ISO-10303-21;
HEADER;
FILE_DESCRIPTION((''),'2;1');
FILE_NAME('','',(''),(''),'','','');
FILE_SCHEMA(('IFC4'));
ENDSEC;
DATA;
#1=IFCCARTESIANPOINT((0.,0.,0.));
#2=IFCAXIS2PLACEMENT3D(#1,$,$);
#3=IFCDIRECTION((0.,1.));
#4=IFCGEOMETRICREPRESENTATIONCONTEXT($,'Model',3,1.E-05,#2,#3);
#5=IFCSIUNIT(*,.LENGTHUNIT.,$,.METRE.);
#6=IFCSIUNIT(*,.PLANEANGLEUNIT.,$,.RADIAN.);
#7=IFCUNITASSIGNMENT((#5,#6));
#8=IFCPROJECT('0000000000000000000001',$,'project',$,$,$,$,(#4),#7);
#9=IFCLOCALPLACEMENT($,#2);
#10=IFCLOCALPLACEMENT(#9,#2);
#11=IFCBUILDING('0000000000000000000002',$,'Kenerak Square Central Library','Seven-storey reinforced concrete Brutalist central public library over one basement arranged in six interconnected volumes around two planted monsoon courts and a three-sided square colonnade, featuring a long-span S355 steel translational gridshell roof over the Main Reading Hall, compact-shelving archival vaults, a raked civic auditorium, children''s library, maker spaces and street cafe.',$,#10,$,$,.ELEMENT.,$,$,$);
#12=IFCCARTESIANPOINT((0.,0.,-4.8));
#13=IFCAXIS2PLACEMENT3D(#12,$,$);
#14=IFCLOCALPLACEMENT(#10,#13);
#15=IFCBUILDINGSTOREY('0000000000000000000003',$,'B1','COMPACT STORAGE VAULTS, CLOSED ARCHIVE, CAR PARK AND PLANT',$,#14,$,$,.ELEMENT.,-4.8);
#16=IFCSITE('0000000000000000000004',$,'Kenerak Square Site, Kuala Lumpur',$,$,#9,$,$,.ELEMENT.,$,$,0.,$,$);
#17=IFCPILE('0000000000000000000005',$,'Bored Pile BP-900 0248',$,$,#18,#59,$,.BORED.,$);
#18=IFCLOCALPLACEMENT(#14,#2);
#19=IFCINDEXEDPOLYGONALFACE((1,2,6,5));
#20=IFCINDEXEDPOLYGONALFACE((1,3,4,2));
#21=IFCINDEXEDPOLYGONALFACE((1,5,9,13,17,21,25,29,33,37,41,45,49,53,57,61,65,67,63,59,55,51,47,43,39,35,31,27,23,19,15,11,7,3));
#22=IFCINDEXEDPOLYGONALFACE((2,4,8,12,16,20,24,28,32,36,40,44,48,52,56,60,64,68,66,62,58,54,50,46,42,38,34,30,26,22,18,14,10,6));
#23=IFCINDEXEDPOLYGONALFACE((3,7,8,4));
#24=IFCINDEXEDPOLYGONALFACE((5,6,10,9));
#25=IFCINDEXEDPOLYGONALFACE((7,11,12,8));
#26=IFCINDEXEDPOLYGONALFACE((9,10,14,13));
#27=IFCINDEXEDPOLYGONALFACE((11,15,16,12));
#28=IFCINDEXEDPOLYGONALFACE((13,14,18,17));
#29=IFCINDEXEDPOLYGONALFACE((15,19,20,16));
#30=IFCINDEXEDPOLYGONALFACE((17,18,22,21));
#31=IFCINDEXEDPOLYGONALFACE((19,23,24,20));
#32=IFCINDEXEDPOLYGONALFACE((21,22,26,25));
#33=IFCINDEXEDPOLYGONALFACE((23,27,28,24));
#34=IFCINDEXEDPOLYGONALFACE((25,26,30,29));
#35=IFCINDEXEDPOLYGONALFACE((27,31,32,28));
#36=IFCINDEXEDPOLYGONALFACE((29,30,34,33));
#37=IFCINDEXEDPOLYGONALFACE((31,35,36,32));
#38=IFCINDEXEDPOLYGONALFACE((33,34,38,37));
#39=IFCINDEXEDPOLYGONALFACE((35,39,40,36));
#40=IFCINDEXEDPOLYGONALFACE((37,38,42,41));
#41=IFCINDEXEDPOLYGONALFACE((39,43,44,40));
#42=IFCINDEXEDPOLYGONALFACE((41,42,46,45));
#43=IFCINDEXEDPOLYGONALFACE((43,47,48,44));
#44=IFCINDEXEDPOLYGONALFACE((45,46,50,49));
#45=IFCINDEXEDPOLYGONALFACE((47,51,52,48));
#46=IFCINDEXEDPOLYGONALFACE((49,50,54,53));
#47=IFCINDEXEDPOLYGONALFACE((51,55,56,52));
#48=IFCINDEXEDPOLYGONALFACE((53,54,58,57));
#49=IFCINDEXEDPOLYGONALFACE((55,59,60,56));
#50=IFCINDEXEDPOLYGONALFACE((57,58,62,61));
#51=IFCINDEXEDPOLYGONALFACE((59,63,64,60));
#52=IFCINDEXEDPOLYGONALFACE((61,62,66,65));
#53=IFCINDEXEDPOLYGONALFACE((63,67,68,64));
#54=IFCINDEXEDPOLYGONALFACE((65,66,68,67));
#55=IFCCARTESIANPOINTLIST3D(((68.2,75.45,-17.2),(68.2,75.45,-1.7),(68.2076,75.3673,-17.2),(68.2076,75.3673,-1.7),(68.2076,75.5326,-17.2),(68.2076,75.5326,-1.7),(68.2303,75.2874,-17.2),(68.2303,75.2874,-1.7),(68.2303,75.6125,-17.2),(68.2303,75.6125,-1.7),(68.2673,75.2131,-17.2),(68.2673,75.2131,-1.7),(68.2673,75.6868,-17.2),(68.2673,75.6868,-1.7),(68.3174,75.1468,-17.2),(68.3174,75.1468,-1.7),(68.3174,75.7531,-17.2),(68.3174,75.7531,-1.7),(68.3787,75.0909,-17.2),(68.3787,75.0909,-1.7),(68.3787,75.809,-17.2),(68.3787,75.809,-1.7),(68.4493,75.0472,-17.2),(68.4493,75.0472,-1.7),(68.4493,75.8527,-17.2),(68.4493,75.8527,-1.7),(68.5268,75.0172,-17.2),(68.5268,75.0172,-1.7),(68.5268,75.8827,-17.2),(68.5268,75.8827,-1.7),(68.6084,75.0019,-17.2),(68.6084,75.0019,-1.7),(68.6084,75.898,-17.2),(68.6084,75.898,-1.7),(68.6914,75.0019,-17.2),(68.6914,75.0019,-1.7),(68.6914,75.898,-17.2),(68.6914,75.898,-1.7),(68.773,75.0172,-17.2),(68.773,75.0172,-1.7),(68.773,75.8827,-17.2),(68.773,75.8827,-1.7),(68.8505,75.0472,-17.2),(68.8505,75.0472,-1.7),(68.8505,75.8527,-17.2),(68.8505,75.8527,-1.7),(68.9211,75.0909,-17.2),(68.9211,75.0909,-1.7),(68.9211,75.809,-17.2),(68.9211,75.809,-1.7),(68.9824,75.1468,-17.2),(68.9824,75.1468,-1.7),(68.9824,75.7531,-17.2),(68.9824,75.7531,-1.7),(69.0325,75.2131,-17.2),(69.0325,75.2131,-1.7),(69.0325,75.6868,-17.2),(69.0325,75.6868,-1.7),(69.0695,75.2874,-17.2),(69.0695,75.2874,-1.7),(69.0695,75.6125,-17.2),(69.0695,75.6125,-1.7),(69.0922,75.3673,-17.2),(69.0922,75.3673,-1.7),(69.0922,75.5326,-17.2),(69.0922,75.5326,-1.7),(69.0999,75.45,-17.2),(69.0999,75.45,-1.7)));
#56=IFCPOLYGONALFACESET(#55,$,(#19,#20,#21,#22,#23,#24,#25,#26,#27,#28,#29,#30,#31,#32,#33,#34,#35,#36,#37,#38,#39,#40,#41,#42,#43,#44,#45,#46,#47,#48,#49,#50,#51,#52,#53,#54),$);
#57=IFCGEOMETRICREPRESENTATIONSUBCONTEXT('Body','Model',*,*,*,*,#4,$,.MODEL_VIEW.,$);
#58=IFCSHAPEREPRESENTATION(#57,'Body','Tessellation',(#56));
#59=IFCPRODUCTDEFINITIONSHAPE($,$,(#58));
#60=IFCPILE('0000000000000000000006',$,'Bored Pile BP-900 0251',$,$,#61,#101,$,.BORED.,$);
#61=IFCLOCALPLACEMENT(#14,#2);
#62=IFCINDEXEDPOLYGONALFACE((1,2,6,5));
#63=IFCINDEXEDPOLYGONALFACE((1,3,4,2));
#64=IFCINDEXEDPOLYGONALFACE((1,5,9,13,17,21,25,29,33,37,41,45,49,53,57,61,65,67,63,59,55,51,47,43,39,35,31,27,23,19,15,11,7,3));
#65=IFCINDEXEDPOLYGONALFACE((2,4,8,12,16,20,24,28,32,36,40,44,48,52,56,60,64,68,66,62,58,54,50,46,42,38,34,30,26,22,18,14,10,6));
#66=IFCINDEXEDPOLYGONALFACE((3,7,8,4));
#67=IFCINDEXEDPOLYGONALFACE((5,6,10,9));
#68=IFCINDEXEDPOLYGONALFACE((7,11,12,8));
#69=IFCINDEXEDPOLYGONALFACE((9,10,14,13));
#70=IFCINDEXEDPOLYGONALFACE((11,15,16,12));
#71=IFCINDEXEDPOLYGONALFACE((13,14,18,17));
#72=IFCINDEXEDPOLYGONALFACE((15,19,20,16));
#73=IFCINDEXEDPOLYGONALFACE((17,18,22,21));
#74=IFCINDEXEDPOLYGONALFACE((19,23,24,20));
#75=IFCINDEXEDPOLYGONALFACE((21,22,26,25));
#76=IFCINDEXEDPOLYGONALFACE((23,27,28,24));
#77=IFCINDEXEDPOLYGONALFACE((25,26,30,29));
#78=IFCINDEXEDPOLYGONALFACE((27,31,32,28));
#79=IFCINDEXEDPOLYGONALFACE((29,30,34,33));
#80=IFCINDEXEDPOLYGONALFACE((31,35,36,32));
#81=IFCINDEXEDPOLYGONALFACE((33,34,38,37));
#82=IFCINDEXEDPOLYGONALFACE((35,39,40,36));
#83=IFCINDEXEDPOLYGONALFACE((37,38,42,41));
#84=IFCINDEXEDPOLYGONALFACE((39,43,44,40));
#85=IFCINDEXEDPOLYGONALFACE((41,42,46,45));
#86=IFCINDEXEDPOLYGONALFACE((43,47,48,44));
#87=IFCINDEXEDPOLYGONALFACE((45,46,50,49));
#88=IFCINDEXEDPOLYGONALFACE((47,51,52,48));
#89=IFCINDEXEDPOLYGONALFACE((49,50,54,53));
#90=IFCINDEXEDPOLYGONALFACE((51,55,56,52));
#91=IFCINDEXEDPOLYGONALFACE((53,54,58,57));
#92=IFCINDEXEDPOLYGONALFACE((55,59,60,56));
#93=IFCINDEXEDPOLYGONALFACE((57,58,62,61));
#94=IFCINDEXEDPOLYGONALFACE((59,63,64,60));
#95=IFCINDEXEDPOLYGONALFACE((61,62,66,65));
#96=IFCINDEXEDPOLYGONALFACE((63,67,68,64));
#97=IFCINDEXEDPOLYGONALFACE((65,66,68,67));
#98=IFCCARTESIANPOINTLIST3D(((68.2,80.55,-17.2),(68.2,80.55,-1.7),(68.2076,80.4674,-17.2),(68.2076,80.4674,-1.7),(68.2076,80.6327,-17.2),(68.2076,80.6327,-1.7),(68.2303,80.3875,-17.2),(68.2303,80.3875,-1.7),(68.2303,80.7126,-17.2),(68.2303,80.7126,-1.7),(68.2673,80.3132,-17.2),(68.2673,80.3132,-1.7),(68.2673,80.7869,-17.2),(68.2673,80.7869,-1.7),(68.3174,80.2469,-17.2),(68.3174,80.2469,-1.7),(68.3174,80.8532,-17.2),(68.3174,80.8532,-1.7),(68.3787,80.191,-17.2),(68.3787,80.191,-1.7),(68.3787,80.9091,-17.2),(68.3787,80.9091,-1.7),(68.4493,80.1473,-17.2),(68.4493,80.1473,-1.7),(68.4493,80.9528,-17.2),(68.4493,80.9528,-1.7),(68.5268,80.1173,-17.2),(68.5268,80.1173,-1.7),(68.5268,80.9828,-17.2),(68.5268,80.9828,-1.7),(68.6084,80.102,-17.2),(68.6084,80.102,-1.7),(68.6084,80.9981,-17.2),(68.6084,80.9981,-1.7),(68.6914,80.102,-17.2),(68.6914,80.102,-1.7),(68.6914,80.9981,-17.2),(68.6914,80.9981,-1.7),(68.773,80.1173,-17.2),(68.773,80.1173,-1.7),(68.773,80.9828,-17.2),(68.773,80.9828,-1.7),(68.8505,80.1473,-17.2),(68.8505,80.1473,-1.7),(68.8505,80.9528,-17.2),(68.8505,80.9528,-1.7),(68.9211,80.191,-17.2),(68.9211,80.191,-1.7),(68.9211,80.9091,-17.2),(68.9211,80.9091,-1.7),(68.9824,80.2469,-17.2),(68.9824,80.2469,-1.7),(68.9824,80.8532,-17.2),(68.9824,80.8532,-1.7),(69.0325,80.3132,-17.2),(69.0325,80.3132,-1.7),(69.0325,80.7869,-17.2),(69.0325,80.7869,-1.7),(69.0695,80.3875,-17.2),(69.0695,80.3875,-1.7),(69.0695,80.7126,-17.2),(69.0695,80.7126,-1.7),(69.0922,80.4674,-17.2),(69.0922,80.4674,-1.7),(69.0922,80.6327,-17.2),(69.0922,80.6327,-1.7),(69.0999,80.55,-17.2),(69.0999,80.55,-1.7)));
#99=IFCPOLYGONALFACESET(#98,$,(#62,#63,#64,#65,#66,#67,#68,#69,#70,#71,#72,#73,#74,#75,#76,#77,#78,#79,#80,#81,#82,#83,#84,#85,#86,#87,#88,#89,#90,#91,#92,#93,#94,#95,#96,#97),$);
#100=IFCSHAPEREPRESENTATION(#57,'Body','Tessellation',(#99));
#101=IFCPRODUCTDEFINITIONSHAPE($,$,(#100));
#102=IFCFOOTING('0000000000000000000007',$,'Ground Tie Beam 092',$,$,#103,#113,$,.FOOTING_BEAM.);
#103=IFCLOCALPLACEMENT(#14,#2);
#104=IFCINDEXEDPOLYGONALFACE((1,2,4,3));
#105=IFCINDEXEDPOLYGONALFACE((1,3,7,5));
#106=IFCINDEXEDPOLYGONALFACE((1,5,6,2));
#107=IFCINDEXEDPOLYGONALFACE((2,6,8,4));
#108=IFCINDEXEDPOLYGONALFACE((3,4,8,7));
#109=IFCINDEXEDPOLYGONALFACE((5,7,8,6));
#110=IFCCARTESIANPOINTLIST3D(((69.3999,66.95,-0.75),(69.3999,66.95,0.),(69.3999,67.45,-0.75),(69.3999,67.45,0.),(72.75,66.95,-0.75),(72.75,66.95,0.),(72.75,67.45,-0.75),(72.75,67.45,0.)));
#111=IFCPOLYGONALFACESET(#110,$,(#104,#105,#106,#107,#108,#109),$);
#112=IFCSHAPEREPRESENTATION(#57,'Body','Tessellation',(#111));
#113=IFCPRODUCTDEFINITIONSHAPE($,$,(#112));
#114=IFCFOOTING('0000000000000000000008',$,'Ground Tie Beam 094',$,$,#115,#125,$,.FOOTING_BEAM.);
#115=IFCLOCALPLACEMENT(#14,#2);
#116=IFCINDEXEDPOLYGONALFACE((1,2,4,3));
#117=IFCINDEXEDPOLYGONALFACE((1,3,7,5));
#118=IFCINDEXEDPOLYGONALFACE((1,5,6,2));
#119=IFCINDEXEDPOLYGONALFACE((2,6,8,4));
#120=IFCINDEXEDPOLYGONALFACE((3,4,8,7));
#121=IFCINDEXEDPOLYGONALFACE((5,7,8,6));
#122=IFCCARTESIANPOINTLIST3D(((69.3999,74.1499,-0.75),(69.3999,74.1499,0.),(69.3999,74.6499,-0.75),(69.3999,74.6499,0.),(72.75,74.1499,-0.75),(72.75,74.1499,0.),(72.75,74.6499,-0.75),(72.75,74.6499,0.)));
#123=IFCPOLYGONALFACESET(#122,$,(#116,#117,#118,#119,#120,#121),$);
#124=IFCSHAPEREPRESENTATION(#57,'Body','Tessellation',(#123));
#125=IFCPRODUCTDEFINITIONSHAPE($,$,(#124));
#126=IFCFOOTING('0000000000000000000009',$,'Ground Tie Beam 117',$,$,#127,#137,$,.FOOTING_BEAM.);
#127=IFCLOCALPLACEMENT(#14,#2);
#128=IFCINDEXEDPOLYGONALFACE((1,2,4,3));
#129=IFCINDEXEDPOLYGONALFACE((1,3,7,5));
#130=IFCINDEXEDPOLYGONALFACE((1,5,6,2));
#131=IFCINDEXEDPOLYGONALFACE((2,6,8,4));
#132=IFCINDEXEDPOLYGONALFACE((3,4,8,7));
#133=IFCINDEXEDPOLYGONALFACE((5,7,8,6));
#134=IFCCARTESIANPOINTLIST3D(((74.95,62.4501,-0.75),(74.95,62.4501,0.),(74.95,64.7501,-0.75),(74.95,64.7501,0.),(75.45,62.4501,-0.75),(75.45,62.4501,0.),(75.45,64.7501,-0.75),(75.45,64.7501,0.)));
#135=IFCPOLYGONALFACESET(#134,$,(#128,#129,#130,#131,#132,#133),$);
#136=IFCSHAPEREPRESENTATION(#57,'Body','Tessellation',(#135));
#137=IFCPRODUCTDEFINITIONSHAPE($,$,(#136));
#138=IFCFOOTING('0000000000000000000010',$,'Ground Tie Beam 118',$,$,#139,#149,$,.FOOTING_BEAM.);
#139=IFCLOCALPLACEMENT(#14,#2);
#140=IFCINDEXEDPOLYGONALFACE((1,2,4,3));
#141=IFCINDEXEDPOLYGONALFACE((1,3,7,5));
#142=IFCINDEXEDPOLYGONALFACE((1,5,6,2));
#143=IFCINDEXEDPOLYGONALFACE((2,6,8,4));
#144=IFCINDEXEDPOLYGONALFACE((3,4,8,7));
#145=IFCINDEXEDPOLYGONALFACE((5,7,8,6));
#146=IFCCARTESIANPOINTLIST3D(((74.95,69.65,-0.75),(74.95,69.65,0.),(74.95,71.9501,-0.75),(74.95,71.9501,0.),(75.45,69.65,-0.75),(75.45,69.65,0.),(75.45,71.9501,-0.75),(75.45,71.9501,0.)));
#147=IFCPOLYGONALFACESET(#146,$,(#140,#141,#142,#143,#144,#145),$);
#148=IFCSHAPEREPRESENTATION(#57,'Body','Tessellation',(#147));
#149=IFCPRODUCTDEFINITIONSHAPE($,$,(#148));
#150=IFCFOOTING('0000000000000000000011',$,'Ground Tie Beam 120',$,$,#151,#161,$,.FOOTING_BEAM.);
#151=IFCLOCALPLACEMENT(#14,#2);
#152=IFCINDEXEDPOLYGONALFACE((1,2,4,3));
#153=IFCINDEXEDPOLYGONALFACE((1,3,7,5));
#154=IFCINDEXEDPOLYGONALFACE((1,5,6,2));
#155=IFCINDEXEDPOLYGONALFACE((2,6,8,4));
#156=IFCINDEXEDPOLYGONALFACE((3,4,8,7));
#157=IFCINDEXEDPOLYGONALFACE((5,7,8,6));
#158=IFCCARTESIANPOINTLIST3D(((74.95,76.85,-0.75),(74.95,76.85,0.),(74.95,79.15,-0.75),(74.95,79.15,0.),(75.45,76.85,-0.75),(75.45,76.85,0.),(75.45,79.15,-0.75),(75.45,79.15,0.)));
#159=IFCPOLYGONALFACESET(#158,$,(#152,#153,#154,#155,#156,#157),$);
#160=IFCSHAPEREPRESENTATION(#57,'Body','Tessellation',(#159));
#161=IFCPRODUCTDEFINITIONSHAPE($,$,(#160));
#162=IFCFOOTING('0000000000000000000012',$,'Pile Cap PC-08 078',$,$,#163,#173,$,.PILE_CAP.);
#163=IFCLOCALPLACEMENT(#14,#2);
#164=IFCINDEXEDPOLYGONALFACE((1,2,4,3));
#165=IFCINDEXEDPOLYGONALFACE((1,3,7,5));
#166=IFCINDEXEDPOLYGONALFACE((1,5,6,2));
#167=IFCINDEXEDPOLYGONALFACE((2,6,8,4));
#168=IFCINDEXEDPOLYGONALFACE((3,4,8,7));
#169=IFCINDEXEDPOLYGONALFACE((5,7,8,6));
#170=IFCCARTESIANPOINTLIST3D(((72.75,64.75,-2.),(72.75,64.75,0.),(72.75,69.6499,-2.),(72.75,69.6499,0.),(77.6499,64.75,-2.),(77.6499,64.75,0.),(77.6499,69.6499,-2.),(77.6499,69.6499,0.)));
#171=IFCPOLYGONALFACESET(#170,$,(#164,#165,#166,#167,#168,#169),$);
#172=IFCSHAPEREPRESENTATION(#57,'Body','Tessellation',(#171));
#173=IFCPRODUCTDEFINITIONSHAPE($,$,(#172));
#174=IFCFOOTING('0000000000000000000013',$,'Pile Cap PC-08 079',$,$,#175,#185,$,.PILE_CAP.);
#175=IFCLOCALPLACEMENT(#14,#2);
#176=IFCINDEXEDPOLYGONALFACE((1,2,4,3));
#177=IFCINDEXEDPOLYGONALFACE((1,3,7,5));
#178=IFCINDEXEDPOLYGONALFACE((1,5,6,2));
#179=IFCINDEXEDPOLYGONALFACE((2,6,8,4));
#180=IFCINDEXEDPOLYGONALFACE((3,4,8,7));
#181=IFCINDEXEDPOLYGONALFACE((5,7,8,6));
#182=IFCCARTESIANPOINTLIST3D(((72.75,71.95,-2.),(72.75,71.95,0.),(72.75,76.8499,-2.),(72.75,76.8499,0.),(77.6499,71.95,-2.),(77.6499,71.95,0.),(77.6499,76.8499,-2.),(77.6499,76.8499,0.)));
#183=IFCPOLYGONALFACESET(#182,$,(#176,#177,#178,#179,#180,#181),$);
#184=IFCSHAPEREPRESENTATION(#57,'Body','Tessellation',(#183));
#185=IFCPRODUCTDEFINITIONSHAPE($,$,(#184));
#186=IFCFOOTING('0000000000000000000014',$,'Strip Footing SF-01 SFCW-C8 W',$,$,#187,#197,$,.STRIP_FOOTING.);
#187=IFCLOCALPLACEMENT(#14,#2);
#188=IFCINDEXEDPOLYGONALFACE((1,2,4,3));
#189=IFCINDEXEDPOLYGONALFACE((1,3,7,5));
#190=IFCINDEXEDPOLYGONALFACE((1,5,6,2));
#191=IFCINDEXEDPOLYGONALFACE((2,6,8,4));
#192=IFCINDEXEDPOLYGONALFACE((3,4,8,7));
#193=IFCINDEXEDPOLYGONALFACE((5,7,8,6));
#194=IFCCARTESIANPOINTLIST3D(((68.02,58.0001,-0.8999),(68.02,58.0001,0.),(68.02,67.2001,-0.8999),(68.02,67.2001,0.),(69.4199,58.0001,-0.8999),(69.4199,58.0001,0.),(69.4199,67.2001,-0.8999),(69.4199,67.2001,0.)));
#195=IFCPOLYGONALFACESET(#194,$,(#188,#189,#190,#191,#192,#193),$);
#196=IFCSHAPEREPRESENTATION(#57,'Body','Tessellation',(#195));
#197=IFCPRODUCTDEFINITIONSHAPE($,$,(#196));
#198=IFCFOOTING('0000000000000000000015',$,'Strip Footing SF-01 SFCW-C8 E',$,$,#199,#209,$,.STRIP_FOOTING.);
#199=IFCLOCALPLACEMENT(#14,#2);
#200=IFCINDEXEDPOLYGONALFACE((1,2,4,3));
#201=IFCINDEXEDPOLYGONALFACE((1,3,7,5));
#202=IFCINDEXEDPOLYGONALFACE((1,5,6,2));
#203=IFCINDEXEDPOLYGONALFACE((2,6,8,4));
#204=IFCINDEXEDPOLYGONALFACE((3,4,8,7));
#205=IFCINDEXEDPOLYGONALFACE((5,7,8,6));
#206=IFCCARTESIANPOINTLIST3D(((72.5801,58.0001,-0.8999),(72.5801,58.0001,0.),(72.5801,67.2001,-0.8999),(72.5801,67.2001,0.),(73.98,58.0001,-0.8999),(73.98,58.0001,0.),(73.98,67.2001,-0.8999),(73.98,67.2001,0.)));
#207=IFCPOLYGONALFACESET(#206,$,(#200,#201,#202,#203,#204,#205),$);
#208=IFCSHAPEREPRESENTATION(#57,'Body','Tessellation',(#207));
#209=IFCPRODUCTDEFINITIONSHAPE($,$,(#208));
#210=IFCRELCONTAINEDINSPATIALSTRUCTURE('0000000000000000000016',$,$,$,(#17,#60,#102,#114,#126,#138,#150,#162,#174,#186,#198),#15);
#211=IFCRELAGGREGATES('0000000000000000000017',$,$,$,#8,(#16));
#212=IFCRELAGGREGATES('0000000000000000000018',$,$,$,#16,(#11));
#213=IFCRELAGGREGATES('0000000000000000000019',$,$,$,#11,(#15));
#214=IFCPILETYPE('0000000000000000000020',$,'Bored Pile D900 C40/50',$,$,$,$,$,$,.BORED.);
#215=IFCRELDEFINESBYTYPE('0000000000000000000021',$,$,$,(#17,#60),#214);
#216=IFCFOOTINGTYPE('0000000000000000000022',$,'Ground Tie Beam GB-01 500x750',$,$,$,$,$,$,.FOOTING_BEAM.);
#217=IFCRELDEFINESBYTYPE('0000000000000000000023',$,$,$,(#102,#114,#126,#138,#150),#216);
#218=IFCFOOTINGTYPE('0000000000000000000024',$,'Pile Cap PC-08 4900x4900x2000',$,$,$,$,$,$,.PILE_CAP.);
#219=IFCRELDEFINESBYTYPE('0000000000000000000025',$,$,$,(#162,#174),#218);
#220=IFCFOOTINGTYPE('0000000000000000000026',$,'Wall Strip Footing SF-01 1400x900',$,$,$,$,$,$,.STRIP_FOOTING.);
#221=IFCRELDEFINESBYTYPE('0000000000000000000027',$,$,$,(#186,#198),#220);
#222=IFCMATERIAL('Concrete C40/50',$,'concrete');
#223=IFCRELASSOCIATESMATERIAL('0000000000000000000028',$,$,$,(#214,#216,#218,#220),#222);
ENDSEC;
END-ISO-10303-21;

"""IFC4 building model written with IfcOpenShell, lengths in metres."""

from ifc_helpers import new_model, si_unit, direction, frame, origin, origin_2d, place, context, subcontext, project, spatial, rectangle, circle, extrude, material, material_profile, profile_set, type_object, element, save


model = new_model("IFC4")

# Units and contexts
model_context = context("Model", 3, precision=1e-05, world=origin(), true_north=direction((0.0, 1.0)))
body_context = subcontext(model_context, "Body", "Model", "MODEL_VIEW")
ifc_project = project(units=[si_unit("LENGTHUNIT", "METRE"), si_unit("PLANEANGLEUNIT", "RADIAN")], contexts=[model_context])

# Site, building, storey
site_placement = place(None, origin())
site = spatial("IfcSite", under=ifc_project, at=site_placement, Name="Kenerak Square Site, Kuala Lumpur", CompositionType="ELEMENT", RefElevation=0.0)
building_placement = place(site_placement, origin())
building = spatial("IfcBuilding", under=site, at=building_placement, Name="Kenerak Square Central Library", Description="Seven-storey reinforced concrete Brutalist central public library over one basement arranged in six interconnected volumes around two planted monsoon courts and a three-sided square colonnade, featuring a long-span S355 steel translational gridshell roof over the Main Reading Hall, compact-shelving archival vaults, a raked civic auditorium, children's library, maker spaces and street cafe.", CompositionType="ELEMENT")
storey_placement = place(building_placement, frame((0.0, 0.0, -4.8)))
storey = spatial("IfcBuildingStorey", under=building, at=storey_placement, Name="B1", Description="COMPACT STORAGE VAULTS, CLOSED ARCHIVE, CAR PARK AND PLANT", CompositionType="ELEMENT", Elevation=-4.8)

# Piles
ifc_material_1 = material(Name="Concrete C40/50", Category="concrete")
ifc_material_profile_1 = material_profile(ifc_material_1, circle(Radius=0.45, at=origin_2d()), Name="BP D900")
ifc_profile_set_1 = profile_set([ifc_material_profile_1], Name="Concrete C40/50")
pile_type_1 = type_object("IfcPileType", Name="Bored Pile D900 C40/50", PredefinedType="BORED", material=ifc_profile_set_1)
for number, where, z_axis, x_axis, name in (
    (1, (68.6499, 75.45, -1.7), (0.0, 0.0, -1.0), (1.0, 0.0, 0.0), "Bored Pile BP-900 0248"),
    (2, (68.6499, 80.55, -1.7), (0.0, 0.0, -1.0), (1.0, 0.0, 0.0), "Bored Pile BP-900 0251"),
):
    element("IfcPile", number, at=place(storey_placement, frame(where, z_axis=z_axis, x_axis=x_axis)), inside=storey, type_object=pile_type_1, Name=name, PredefinedType="BORED", context=body_context, shape_type="SweptSolid", body=[
        extrude(circle(Radius=0.45, at=origin_2d()), origin(), (0.0, 0.0, 1.0), 15.5),
    ])

# Footings
footing_type_1 = type_object("IfcFootingType", Name="Ground Tie Beam GB-01 500x750", PredefinedType="FOOTING_BEAM", material=ifc_material_1)
for number, where, z_axis, x_axis, name in (
    (3, (71.075, 67.2, -0.75), (0.0, 0.0, 1.0), (1.0, 0.0, 0.0), "Ground Tie Beam 092"),
    (4, (71.075, 74.3999, -0.75), (0.0, 0.0, 1.0), (1.0, 0.0, 0.0), "Ground Tie Beam 094"),
):
    element("IfcFooting", number, at=place(storey_placement, frame(where, z_axis=z_axis, x_axis=x_axis)), inside=storey, type_object=footing_type_1, Name=name, PredefinedType="FOOTING_BEAM", context=body_context, shape_type="SweptSolid", body=[
        extrude(rectangle(XDim=3.3501, YDim=0.5, at=origin_2d()), origin(), (0.0, 0.0, 1.0), 0.75),
    ])
for number, where, z_axis, x_axis, name in (
    (5, (75.2, 63.6001, -0.75), (0.0, 0.0, 1.0), (1.0, 0.0, 0.0), "Ground Tie Beam 117"),
    (6, (75.2, 70.8, -0.75), (0.0, 0.0, 1.0), (1.0, 0.0, 0.0), "Ground Tie Beam 118"),
    (7, (75.2, 78.0, -0.75), (0.0, 0.0, 1.0), (1.0, 0.0, 0.0), "Ground Tie Beam 120"),
):
    element("IfcFooting", number, at=place(storey_placement, frame(where, z_axis=z_axis, x_axis=x_axis)), inside=storey, type_object=footing_type_1, Name=name, PredefinedType="FOOTING_BEAM", context=body_context, shape_type="SweptSolid", body=[
        extrude(rectangle(XDim=0.5, YDim=2.3, at=origin_2d()), origin(), (0.0, 0.0, 1.0), 0.75),
    ])
footing_type_2 = type_object("IfcFootingType", Name="Pile Cap PC-08 4900x4900x2000", PredefinedType="PILE_CAP", material=ifc_material_1)
for number, where, z_axis, x_axis, name in (
    (8, (75.2, 67.2, -2.0), (0.0, 0.0, 1.0), (1.0, 0.0, 0.0), "Pile Cap PC-08 078"),
    (9, (75.2, 74.3999, -2.0), (0.0, 0.0, 1.0), (1.0, 0.0, 0.0), "Pile Cap PC-08 079"),
):
    element("IfcFooting", number, at=place(storey_placement, frame(where, z_axis=z_axis, x_axis=x_axis)), inside=storey, type_object=footing_type_2, Name=name, PredefinedType="PILE_CAP", context=body_context, shape_type="SweptSolid", body=[
        extrude(rectangle(XDim=4.8999, YDim=4.8999, at=origin_2d()), origin(), (0.0, 0.0, 1.0), 2.0),
    ])
footing_type_3 = type_object("IfcFootingType", Name="Wall Strip Footing SF-01 1400x900", PredefinedType="STRIP_FOOTING", material=ifc_material_1)
for number, where, z_axis, x_axis, name in (
    (10, (68.72, 62.6001, -0.8999), (0.0, 0.0, 1.0), (1.0, 0.0, 0.0), "Strip Footing SF-01 SFCW-C8 W"),
    (11, (73.28, 62.6001, -0.8999), (0.0, 0.0, 1.0), (1.0, 0.0, 0.0), "Strip Footing SF-01 SFCW-C8 E"),
):
    element("IfcFooting", number, at=place(storey_placement, frame(where, z_axis=z_axis, x_axis=x_axis)), inside=storey, type_object=footing_type_3, Name=name, PredefinedType="STRIP_FOOTING", context=body_context, shape_type="SweptSolid", body=[
        extrude(rectangle(XDim=1.3999, YDim=9.2, at=origin_2d()), origin(), (0.0, 0.0, 1.0), 0.8999),
    ])

save(model, "model.ifc")
